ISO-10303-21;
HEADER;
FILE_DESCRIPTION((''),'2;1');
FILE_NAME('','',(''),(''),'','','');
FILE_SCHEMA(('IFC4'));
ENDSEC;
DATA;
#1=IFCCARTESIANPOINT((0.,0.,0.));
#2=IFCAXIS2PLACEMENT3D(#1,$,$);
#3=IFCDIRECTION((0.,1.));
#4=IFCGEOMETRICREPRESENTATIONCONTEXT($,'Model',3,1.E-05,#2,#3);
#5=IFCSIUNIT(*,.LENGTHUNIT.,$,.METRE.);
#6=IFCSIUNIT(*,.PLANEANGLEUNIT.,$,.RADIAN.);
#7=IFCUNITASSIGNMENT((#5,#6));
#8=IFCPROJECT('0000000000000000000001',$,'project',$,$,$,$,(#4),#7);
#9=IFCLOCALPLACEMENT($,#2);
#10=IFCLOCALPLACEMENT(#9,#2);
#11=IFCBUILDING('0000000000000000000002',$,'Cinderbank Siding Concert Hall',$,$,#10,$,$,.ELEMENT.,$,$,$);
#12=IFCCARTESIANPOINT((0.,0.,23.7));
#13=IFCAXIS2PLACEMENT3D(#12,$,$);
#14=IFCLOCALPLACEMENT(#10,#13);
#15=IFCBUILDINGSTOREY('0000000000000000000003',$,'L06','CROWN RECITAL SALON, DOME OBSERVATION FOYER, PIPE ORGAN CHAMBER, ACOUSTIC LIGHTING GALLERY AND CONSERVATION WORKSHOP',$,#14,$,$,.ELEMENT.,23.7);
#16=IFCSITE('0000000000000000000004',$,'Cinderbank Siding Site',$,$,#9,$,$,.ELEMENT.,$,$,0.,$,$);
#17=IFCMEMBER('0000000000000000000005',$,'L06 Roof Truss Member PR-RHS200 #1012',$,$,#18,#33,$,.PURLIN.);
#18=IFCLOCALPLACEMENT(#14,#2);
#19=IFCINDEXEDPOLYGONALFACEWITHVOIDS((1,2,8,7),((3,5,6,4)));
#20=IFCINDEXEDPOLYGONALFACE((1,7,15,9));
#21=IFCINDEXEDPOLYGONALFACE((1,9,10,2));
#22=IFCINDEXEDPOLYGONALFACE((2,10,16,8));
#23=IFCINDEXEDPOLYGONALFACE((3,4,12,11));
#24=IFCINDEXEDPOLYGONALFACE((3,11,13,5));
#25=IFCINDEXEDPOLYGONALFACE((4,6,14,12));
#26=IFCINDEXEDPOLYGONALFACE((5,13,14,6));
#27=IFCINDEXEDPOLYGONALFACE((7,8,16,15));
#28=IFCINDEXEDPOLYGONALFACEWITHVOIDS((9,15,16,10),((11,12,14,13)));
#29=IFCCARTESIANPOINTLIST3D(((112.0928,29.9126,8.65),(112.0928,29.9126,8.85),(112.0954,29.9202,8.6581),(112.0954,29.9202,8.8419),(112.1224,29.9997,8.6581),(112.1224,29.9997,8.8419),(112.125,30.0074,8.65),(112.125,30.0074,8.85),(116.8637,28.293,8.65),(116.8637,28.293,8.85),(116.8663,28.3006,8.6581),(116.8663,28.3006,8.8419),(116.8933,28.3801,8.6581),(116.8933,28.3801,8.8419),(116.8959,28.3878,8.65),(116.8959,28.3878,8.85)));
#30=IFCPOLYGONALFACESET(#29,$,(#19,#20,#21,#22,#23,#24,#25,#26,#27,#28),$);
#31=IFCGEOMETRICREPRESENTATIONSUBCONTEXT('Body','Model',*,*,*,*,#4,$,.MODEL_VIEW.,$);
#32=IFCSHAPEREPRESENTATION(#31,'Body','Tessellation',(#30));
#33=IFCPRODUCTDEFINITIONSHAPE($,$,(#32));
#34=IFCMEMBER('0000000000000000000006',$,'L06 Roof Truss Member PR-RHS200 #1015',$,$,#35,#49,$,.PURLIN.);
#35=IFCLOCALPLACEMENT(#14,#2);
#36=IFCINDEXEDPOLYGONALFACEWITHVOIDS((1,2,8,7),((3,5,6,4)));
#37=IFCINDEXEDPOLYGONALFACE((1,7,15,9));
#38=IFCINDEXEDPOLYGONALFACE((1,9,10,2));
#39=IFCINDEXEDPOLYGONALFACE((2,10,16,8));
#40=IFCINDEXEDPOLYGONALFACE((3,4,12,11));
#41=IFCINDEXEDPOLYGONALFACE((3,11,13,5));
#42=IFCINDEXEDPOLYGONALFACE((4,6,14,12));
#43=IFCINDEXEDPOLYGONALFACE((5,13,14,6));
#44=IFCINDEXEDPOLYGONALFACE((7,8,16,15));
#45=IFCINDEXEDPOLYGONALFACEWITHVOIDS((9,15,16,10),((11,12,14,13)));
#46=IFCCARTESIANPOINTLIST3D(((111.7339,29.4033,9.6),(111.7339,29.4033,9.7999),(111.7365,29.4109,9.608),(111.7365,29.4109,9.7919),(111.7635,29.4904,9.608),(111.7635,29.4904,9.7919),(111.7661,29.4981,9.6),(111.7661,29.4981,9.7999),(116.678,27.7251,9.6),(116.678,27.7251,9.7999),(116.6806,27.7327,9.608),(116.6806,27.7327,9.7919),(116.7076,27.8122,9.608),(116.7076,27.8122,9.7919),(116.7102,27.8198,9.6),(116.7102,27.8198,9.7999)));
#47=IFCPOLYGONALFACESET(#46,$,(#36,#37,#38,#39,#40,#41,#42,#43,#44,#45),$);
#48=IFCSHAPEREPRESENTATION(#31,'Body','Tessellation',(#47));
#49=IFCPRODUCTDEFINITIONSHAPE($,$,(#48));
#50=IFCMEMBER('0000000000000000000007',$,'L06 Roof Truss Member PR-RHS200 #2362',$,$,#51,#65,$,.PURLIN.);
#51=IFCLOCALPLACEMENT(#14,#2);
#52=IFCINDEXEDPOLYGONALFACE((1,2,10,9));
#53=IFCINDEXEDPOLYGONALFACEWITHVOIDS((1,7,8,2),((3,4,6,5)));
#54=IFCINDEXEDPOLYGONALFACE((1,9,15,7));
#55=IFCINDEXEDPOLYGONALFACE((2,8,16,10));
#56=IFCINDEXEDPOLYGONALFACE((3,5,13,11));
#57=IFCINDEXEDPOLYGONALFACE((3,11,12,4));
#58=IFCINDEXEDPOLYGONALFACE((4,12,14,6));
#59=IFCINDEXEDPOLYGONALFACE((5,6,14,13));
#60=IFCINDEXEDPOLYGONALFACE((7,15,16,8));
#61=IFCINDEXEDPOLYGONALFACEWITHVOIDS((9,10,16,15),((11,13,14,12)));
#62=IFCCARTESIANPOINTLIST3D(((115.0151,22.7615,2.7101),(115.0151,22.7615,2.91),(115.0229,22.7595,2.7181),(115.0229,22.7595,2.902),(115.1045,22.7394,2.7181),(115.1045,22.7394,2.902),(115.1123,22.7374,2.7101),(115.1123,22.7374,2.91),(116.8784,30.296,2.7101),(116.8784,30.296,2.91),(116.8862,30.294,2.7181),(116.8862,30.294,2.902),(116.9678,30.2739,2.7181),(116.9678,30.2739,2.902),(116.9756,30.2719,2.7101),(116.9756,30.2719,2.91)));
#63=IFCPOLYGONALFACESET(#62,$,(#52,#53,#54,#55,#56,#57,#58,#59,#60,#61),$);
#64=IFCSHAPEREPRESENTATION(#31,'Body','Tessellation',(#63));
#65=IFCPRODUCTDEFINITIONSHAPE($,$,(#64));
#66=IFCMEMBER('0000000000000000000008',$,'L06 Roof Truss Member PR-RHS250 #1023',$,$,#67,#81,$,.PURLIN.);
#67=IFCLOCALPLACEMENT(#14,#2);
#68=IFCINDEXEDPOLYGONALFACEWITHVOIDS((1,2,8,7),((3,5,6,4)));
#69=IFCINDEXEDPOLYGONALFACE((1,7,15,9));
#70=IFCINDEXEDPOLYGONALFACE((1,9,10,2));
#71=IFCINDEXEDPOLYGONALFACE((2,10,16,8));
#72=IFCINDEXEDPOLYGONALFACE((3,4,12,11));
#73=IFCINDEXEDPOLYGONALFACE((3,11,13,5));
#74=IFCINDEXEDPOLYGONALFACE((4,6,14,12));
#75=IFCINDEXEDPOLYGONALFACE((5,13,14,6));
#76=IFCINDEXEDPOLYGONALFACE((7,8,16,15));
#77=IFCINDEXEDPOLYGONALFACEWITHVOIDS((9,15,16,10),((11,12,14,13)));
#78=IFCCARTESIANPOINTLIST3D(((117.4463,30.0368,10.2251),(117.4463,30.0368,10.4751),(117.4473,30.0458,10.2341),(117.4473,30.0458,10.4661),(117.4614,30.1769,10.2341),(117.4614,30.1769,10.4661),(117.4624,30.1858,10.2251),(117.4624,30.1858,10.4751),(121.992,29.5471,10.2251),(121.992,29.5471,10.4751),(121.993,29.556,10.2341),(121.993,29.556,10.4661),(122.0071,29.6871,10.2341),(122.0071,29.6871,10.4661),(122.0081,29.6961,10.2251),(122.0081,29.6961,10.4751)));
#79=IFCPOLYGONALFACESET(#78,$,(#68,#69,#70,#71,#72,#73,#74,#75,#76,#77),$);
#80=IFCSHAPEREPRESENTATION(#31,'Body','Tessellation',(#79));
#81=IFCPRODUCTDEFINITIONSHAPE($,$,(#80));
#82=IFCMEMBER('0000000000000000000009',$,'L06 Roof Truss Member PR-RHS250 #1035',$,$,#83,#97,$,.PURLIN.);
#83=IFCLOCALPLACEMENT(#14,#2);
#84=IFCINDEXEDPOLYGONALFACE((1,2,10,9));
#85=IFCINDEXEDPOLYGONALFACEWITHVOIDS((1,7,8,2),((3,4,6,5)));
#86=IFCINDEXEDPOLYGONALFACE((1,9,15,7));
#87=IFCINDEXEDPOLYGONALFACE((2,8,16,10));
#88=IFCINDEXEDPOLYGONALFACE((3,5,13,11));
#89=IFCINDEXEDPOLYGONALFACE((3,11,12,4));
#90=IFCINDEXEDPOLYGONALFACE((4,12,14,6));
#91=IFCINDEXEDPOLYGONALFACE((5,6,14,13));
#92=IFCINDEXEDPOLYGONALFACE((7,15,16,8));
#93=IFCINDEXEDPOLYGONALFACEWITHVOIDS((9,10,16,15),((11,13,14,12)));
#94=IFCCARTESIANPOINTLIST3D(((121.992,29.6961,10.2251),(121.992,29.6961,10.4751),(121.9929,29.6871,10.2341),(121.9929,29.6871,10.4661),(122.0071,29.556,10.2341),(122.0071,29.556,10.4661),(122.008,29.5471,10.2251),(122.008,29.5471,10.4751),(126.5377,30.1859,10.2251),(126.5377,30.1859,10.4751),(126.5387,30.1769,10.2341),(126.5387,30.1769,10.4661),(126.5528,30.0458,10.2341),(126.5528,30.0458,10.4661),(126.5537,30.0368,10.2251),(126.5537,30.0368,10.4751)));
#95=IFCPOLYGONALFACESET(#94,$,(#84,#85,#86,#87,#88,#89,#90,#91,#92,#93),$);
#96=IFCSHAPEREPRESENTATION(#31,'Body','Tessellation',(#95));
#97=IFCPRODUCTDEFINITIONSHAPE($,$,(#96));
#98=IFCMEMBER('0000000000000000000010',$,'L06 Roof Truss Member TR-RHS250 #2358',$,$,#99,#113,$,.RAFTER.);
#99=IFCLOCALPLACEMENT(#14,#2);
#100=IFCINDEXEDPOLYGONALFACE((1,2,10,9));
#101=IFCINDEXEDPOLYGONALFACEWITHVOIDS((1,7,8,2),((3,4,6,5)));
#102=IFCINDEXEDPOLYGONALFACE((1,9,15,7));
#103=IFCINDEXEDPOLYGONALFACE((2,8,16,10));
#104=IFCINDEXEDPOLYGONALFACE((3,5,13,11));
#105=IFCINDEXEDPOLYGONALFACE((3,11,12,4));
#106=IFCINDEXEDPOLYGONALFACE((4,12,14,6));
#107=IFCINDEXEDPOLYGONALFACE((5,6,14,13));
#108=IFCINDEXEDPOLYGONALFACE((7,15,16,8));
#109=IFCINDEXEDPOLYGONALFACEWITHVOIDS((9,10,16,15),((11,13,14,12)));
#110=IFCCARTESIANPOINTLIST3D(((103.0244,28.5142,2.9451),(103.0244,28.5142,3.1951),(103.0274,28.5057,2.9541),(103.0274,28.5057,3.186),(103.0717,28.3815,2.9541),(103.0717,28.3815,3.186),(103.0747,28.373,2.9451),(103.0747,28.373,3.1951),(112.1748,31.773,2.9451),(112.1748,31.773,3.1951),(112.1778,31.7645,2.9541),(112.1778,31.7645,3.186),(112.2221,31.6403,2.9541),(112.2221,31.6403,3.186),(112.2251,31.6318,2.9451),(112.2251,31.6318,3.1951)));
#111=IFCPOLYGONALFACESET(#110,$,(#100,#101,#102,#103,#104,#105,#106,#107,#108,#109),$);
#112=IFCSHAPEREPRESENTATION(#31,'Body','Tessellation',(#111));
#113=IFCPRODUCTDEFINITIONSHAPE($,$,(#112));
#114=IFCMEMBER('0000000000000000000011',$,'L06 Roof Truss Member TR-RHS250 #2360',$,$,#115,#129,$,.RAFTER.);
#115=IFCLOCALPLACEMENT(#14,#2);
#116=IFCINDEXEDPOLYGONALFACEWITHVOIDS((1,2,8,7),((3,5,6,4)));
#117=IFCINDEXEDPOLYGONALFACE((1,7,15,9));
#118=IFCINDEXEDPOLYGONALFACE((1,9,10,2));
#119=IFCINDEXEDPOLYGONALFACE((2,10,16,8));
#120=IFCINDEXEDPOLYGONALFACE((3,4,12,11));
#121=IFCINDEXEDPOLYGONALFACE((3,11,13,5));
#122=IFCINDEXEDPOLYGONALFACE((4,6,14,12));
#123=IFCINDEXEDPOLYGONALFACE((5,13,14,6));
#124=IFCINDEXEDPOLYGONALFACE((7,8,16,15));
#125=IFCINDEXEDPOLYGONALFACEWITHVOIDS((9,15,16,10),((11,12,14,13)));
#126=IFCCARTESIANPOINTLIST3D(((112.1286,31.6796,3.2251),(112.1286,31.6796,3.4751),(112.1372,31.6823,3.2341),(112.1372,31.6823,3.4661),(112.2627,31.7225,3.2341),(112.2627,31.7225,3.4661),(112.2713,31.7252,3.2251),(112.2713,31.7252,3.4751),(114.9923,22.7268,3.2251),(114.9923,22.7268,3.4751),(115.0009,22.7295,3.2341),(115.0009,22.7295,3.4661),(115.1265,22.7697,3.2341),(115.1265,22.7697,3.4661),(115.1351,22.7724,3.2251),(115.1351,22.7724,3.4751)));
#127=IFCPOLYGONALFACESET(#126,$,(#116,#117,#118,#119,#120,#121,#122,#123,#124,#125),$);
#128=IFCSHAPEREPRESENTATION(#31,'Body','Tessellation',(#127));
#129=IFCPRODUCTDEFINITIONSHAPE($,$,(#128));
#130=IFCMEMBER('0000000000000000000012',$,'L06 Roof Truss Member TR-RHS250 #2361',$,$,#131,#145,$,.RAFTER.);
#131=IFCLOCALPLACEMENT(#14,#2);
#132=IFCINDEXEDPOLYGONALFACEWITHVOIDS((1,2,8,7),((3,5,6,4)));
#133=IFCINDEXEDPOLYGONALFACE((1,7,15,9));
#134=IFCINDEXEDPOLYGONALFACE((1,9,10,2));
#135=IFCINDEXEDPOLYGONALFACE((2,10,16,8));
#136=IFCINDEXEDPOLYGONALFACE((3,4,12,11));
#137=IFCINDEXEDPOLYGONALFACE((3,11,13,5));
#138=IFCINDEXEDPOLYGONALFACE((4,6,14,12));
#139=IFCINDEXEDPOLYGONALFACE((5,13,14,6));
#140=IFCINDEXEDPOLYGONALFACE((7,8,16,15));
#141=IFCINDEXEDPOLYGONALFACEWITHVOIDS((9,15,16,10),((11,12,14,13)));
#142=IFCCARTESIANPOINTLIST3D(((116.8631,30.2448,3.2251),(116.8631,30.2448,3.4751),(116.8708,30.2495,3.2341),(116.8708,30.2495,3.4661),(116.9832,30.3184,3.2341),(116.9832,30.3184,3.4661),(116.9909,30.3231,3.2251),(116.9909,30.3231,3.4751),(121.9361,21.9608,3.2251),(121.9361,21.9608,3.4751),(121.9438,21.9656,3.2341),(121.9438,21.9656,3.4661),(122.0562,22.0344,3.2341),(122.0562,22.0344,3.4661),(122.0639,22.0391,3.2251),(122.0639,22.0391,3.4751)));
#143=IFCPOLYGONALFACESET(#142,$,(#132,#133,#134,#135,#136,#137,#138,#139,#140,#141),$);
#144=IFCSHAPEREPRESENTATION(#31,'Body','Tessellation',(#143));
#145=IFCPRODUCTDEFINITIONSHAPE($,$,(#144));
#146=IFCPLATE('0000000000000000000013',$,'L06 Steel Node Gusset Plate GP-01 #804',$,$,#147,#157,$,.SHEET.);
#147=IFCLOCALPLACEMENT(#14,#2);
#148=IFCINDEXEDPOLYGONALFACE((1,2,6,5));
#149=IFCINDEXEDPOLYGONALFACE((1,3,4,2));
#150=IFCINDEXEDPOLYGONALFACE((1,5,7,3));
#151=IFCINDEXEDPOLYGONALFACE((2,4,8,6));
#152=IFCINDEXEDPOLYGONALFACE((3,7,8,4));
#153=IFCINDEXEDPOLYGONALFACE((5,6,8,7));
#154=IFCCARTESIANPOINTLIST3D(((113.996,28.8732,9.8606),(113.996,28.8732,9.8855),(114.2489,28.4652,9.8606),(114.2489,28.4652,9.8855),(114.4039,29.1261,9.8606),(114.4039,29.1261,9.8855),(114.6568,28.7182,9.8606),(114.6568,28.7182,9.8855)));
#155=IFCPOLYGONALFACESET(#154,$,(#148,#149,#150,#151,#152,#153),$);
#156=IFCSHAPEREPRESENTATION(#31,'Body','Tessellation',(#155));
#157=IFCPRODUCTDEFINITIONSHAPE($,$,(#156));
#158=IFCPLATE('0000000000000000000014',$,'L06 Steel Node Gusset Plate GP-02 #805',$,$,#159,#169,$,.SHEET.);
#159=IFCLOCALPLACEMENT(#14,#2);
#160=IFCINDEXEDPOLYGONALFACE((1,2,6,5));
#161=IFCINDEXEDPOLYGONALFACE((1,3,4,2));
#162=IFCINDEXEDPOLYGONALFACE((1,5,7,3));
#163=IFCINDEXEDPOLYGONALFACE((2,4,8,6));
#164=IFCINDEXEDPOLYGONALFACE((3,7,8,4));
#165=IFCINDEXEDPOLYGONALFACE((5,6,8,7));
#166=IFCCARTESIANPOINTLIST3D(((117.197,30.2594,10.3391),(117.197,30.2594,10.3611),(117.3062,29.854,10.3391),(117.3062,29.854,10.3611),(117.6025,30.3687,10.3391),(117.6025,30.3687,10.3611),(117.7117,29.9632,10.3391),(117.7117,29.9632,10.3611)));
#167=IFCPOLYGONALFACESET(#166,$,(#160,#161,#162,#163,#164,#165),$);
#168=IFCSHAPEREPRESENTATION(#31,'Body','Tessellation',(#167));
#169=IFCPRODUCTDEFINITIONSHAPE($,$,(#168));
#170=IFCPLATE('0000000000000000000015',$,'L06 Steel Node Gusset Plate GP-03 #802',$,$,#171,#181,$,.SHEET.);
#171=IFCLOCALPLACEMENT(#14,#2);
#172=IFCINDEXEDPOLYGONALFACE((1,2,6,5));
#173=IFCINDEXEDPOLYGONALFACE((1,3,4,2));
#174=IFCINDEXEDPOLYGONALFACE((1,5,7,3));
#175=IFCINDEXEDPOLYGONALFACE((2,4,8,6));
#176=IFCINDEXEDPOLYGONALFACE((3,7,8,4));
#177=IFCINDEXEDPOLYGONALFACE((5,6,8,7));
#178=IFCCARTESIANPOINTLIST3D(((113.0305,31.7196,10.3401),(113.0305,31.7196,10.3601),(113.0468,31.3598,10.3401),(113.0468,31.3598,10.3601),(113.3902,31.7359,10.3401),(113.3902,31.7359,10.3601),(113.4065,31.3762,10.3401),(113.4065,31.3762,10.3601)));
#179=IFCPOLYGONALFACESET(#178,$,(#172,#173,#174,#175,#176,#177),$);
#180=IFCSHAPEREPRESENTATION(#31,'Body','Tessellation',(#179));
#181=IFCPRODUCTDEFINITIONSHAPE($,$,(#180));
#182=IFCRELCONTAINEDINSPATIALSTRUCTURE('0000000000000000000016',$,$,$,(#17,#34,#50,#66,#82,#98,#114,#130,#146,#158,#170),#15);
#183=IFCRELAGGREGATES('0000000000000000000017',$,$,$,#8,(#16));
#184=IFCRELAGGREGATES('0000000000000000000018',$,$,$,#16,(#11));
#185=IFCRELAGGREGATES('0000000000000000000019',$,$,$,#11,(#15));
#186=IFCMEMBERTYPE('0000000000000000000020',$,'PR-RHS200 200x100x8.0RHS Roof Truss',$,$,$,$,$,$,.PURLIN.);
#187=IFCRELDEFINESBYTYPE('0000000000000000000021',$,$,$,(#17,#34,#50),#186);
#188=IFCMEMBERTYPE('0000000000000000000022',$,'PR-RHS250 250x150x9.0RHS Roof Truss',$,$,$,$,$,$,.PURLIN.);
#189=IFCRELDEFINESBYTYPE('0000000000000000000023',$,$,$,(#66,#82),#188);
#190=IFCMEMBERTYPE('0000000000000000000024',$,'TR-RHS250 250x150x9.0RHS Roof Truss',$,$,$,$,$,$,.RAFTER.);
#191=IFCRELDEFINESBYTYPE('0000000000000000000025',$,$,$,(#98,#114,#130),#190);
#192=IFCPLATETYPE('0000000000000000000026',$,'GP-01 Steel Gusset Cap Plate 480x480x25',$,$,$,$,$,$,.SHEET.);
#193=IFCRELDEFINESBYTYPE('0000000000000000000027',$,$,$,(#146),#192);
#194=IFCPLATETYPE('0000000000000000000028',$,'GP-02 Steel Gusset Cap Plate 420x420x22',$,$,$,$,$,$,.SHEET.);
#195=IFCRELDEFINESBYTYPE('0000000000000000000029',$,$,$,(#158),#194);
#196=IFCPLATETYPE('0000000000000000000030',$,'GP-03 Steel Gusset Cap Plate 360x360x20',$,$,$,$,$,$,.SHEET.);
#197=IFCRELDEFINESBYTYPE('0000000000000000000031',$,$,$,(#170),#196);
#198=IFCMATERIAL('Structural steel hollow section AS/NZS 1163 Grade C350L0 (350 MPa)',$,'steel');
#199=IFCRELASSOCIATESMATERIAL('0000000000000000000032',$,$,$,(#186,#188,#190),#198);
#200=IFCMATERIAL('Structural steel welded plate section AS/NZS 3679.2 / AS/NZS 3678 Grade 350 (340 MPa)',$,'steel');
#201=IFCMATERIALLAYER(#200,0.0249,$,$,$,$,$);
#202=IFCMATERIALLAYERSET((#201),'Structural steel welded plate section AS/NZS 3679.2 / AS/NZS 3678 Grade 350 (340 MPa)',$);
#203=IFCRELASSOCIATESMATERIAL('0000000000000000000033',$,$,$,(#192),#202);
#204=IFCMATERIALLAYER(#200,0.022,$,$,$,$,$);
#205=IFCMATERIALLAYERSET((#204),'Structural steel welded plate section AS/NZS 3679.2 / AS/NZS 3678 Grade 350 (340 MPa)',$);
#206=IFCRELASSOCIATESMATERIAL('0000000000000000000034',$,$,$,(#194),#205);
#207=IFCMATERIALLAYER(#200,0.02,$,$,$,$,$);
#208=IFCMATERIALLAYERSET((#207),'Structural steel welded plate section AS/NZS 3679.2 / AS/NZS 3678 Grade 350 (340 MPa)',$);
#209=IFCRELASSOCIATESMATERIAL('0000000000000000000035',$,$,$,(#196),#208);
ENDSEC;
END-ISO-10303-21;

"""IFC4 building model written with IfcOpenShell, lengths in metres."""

from ifc_helpers import new_model, si_unit, direction, frame, origin, origin_2d, place, context, subcontext, project, spatial, rectangle, hollow_rectangle, extrude, material, layer, layer_set, material_profile, profile_set, type_object, element, save


model = new_model("IFC4")

# Units and contexts
model_context = context("Model", 3, precision=1e-05, world=origin(), true_north=direction((0.0, 1.0)))
body_context = subcontext(model_context, "Body", "Model", "MODEL_VIEW")
ifc_project = project(units=[si_unit("LENGTHUNIT", "METRE"), si_unit("PLANEANGLEUNIT", "RADIAN")], contexts=[model_context])

# Site, building, storey
site_placement = place(None, origin())
site = spatial("IfcSite", under=ifc_project, at=site_placement, Name="Cinderbank Siding Site", CompositionType="ELEMENT", RefElevation=0.0)
building_placement = place(site_placement, origin())
building = spatial("IfcBuilding", under=site, at=building_placement, Name="Cinderbank Siding Concert Hall", CompositionType="ELEMENT")
storey_placement = place(building_placement, frame((0.0, 0.0, 23.7)))
storey = spatial("IfcBuildingStorey", under=building, at=storey_placement, Name="L06", Description="CROWN RECITAL SALON, DOME OBSERVATION FOYER, PIPE ORGAN CHAMBER, ACOUSTIC LIGHTING GALLERY AND CONSERVATION WORKSHOP", CompositionType="ELEMENT", Elevation=23.7)

# Members
ifc_material_1 = material(Name="Structural steel hollow section AS/NZS 1163 Grade C350L0 (350 MPa)", Category="steel")
ifc_material_profile_1 = material_profile(ifc_material_1, hollow_rectangle(XDim=0.1001, YDim=0.2, WallThickness=0.0081, at=origin_2d()), Name="200x100x8.0RHS", Category="LoadBearing")
ifc_profile_set_1 = profile_set([ifc_material_profile_1], Name="Structural steel hollow section AS/NZS 1163 Grade C350L0 (350 MPa)")
member_type_1 = type_object("IfcMemberType", Name="PR-RHS200 200x100x8.0RHS Roof Truss", PredefinedType="PURLIN", material=ifc_profile_set_1)
member_1_placement = place(storey_placement, frame((112.1089, 29.96, 8.75), z_axis=(0.946924, -0.321456, 0.0), x_axis=(0.321456, 0.946924, 0.0)))
element("IfcMember", 1, at=member_1_placement, inside=storey, type_object=member_type_1, Name="L06 Roof Truss Member PR-RHS200 #1012", PredefinedType="PURLIN", context=body_context, shape_type="SweptSolid", body=[
    extrude(hollow_rectangle(XDim=0.1001, YDim=0.2, WallThickness=0.0081, at=origin_2d()), origin(), (0.0, 0.0, 1.0), 5.0383),
])
member_2_placement = place(storey_placement, frame((111.75, 29.4507, 9.7), z_axis=(0.946934, -0.321427, 0.0), x_axis=(0.321427, 0.946934, 0.0)))
element("IfcMember", 2, at=member_2_placement, inside=storey, type_object=member_type_1, Name="L06 Roof Truss Member PR-RHS200 #1015", PredefinedType="PURLIN", context=body_context, shape_type="SweptSolid", body=[
    extrude(hollow_rectangle(XDim=0.1001, YDim=0.2, WallThickness=0.0081, at=origin_2d()), origin(), (0.0, 0.0, 1.0), 5.2212),
])
member_3_placement = place(storey_placement, frame((116.927, 30.2839, 2.8101), z_axis=(-0.24007, -0.970756, 0.0), x_axis=(0.970756, -0.24007, 0.0)))
element("IfcMember", 3, at=member_3_placement, inside=storey, type_object=member_type_1, Name="L06 Roof Truss Member PR-RHS200 #2362", PredefinedType="PURLIN", context=body_context, shape_type="SweptSolid", body=[
    extrude(hollow_rectangle(XDim=0.1001, YDim=0.2, WallThickness=0.0081, at=origin_2d()), origin(), (0.0, 0.0, 1.0), 7.7615),
])
ifc_material_profile_2 = material_profile(ifc_material_1, hollow_rectangle(XDim=0.1499, YDim=0.25, WallThickness=0.009, at=origin_2d()), Name="250x150x9.0RHS", Category="LoadBearing")
ifc_profile_set_2 = profile_set([ifc_material_profile_2], Name="Structural steel hollow section AS/NZS 1163 Grade C350L0 (350 MPa)")
member_type_2 = type_object("IfcMemberType", Name="PR-RHS250 250x150x9.0RHS Roof Truss", PredefinedType="PURLIN", material=ifc_profile_set_2)
for number, where, z_axis, x_axis, name in (
    (4, (117.4543, 30.1113, 10.3501), (0.994246, -0.107119, 0.0), (0.107119, 0.994246, 0.0), "L06 Roof Truss Member PR-RHS250 #1023"),
    (5, (122.0, 29.6216, 10.3501), (0.994246, 0.107119, 0.0), (-0.107119, 0.994246, 0.0), "L06 Roof Truss Member PR-RHS250 #1035"),
):
    element("IfcMember", number, at=place(storey_placement, frame(where, z_axis=z_axis, x_axis=x_axis)), inside=storey, type_object=member_type_2, Name=name, PredefinedType="PURLIN", context=body_context, shape_type="SweptSolid", body=[
        extrude(hollow_rectangle(XDim=0.1499, YDim=0.25, WallThickness=0.009, at=origin_2d()), origin(), (0.0, 0.0, 1.0), 4.572),
    ])
ifc_material_profile_3 = material_profile(ifc_material_1, hollow_rectangle(XDim=0.1499, YDim=0.25, WallThickness=0.009, at=origin_2d()), Name="250x150x9.0RHS", Category="LoadBearing")
ifc_profile_set_3 = profile_set([ifc_material_profile_3], Name="Structural steel hollow section AS/NZS 1163 Grade C350L0 (350 MPa)")
member_type_3 = type_object("IfcMemberType", Name="TR-RHS250 250x150x9.0RHS Roof Truss", PredefinedType="RAFTER", material=ifc_profile_set_3)
member_4_placement = place(storey_placement, frame((112.2, 31.7024, 3.0701), z_axis=(-0.942042, -0.335496, 0.0), x_axis=(0.335496, -0.942042, 0.0)))
element("IfcMember", 6, at=member_4_placement, inside=storey, type_object=member_type_3, Name="L06 Roof Truss Member TR-RHS250 #2358", PredefinedType="RAFTER", context=body_context, shape_type="SweptSolid", body=[
    extrude(hollow_rectangle(XDim=0.1499, YDim=0.25, WallThickness=0.009, at=origin_2d()), origin(), (0.0, 0.0, 1.0), 9.7134),
])
member_5_placement = place(storey_placement, frame((112.2, 31.7024, 3.3501), z_axis=(0.304665, -0.95246, 0.0), x_axis=(0.95246, 0.304665, 0.0)))
element("IfcMember", 7, at=member_5_placement, inside=storey, type_object=member_type_3, Name="L06 Roof Truss Member TR-RHS250 #2360", PredefinedType="RAFTER", context=body_context, shape_type="SweptSolid", body=[
    extrude(hollow_rectangle(XDim=0.1499, YDim=0.25, WallThickness=0.009, at=origin_2d()), origin(), (0.0, 0.0, 1.0), 9.3997),
])
member_6_placement = place(storey_placement, frame((116.927, 30.2839, 3.3501), z_axis=(0.522244, -0.852796, 0.0), x_axis=(0.852796, 0.522244, 0.0)))
element("IfcMember", 8, at=member_6_placement, inside=storey, type_object=member_type_3, Name="L06 Roof Truss Member TR-RHS250 #2361", PredefinedType="RAFTER", context=body_context, shape_type="SweptSolid", body=[
    extrude(hollow_rectangle(XDim=0.1499, YDim=0.25, WallThickness=0.009, at=origin_2d()), origin(), (0.0, 0.0, 1.0), 9.7139),
])

# Plates
ifc_material_2 = material(Name="Structural steel welded plate section AS/NZS 3679.2 / AS/NZS 3678 Grade 350 (340 MPa)", Category="steel")
ifc_layer_1 = layer(ifc_material_2, 0.0249)
ifc_layer_set_1 = layer_set([ifc_layer_1], Name="Structural steel welded plate section AS/NZS 3679.2 / AS/NZS 3678 Grade 350 (340 MPa)")
plate_type_1 = type_object("IfcPlateType", Name="GP-01 Steel Gusset Cap Plate 480x480x25", PredefinedType="SHEET", material=ifc_layer_set_1)
plate_1_placement = place(storey_placement, frame((114.3264, 28.7957, 9.8606), z_axis=(0.0, 0.0, 1.0), x_axis=(-0.526956, 0.849893, 0.0)))
element("IfcPlate", 9, at=plate_1_placement, inside=storey, type_object=plate_type_1, Name="L06 Steel Node Gusset Plate GP-01 #804", PredefinedType="SHEET", context=body_context, shape_type="SweptSolid", body=[
    extrude(rectangle(XDim=0.48, YDim=0.48, at=origin_2d()), origin(), (0.0, 0.0, 1.0), 0.0249),
])
ifc_layer_2 = layer(ifc_material_2, 0.022)
ifc_layer_set_2 = layer_set([ifc_layer_2], Name="Structural steel welded plate section AS/NZS 3679.2 / AS/NZS 3678 Grade 350 (340 MPa)")
plate_type_2 = type_object("IfcPlateType", Name="GP-02 Steel Gusset Cap Plate 420x420x22", PredefinedType="SHEET", material=ifc_layer_set_2)
plate_2_placement = place(storey_placement, frame((117.4543, 30.1113, 10.3391), z_axis=(0.0, 0.0, 1.0), x_axis=(0.965564, 0.260167, 0.0)))
element("IfcPlate", 10, at=plate_2_placement, inside=storey, type_object=plate_type_2, Name="L06 Steel Node Gusset Plate GP-02 #805", PredefinedType="SHEET", context=body_context, shape_type="SweptSolid", body=[
    extrude(rectangle(XDim=0.4199, YDim=0.4199, at=origin_2d()), origin(), (0.0, 0.0, 1.0), 0.022),
])
ifc_layer_3 = layer(ifc_material_2, 0.02)
ifc_layer_set_3 = layer_set([ifc_layer_3], Name="Structural steel welded plate section AS/NZS 3679.2 / AS/NZS 3678 Grade 350 (340 MPa)")
plate_type_3 = type_object("IfcPlateType", Name="GP-03 Steel Gusset Cap Plate 360x360x20", PredefinedType="SHEET", material=ifc_layer_set_3)
plate_3_placement = place(storey_placement, frame((113.2185, 31.5479, 10.3401), z_axis=(0.0, 0.0, 1.0), x_axis=(0.998971, 0.045363, 0.0)))
element("IfcPlate", 11, at=plate_3_placement, inside=storey, type_object=plate_type_3, Name="L06 Steel Node Gusset Plate GP-03 #802", PredefinedType="SHEET", context=body_context, shape_type="SweptSolid", body=[
    extrude(rectangle(XDim=0.3601, YDim=0.3601, at=origin_2d()), origin(), (0.0, 0.0, 1.0), 0.02),
])

save(model, "model.ifc")
